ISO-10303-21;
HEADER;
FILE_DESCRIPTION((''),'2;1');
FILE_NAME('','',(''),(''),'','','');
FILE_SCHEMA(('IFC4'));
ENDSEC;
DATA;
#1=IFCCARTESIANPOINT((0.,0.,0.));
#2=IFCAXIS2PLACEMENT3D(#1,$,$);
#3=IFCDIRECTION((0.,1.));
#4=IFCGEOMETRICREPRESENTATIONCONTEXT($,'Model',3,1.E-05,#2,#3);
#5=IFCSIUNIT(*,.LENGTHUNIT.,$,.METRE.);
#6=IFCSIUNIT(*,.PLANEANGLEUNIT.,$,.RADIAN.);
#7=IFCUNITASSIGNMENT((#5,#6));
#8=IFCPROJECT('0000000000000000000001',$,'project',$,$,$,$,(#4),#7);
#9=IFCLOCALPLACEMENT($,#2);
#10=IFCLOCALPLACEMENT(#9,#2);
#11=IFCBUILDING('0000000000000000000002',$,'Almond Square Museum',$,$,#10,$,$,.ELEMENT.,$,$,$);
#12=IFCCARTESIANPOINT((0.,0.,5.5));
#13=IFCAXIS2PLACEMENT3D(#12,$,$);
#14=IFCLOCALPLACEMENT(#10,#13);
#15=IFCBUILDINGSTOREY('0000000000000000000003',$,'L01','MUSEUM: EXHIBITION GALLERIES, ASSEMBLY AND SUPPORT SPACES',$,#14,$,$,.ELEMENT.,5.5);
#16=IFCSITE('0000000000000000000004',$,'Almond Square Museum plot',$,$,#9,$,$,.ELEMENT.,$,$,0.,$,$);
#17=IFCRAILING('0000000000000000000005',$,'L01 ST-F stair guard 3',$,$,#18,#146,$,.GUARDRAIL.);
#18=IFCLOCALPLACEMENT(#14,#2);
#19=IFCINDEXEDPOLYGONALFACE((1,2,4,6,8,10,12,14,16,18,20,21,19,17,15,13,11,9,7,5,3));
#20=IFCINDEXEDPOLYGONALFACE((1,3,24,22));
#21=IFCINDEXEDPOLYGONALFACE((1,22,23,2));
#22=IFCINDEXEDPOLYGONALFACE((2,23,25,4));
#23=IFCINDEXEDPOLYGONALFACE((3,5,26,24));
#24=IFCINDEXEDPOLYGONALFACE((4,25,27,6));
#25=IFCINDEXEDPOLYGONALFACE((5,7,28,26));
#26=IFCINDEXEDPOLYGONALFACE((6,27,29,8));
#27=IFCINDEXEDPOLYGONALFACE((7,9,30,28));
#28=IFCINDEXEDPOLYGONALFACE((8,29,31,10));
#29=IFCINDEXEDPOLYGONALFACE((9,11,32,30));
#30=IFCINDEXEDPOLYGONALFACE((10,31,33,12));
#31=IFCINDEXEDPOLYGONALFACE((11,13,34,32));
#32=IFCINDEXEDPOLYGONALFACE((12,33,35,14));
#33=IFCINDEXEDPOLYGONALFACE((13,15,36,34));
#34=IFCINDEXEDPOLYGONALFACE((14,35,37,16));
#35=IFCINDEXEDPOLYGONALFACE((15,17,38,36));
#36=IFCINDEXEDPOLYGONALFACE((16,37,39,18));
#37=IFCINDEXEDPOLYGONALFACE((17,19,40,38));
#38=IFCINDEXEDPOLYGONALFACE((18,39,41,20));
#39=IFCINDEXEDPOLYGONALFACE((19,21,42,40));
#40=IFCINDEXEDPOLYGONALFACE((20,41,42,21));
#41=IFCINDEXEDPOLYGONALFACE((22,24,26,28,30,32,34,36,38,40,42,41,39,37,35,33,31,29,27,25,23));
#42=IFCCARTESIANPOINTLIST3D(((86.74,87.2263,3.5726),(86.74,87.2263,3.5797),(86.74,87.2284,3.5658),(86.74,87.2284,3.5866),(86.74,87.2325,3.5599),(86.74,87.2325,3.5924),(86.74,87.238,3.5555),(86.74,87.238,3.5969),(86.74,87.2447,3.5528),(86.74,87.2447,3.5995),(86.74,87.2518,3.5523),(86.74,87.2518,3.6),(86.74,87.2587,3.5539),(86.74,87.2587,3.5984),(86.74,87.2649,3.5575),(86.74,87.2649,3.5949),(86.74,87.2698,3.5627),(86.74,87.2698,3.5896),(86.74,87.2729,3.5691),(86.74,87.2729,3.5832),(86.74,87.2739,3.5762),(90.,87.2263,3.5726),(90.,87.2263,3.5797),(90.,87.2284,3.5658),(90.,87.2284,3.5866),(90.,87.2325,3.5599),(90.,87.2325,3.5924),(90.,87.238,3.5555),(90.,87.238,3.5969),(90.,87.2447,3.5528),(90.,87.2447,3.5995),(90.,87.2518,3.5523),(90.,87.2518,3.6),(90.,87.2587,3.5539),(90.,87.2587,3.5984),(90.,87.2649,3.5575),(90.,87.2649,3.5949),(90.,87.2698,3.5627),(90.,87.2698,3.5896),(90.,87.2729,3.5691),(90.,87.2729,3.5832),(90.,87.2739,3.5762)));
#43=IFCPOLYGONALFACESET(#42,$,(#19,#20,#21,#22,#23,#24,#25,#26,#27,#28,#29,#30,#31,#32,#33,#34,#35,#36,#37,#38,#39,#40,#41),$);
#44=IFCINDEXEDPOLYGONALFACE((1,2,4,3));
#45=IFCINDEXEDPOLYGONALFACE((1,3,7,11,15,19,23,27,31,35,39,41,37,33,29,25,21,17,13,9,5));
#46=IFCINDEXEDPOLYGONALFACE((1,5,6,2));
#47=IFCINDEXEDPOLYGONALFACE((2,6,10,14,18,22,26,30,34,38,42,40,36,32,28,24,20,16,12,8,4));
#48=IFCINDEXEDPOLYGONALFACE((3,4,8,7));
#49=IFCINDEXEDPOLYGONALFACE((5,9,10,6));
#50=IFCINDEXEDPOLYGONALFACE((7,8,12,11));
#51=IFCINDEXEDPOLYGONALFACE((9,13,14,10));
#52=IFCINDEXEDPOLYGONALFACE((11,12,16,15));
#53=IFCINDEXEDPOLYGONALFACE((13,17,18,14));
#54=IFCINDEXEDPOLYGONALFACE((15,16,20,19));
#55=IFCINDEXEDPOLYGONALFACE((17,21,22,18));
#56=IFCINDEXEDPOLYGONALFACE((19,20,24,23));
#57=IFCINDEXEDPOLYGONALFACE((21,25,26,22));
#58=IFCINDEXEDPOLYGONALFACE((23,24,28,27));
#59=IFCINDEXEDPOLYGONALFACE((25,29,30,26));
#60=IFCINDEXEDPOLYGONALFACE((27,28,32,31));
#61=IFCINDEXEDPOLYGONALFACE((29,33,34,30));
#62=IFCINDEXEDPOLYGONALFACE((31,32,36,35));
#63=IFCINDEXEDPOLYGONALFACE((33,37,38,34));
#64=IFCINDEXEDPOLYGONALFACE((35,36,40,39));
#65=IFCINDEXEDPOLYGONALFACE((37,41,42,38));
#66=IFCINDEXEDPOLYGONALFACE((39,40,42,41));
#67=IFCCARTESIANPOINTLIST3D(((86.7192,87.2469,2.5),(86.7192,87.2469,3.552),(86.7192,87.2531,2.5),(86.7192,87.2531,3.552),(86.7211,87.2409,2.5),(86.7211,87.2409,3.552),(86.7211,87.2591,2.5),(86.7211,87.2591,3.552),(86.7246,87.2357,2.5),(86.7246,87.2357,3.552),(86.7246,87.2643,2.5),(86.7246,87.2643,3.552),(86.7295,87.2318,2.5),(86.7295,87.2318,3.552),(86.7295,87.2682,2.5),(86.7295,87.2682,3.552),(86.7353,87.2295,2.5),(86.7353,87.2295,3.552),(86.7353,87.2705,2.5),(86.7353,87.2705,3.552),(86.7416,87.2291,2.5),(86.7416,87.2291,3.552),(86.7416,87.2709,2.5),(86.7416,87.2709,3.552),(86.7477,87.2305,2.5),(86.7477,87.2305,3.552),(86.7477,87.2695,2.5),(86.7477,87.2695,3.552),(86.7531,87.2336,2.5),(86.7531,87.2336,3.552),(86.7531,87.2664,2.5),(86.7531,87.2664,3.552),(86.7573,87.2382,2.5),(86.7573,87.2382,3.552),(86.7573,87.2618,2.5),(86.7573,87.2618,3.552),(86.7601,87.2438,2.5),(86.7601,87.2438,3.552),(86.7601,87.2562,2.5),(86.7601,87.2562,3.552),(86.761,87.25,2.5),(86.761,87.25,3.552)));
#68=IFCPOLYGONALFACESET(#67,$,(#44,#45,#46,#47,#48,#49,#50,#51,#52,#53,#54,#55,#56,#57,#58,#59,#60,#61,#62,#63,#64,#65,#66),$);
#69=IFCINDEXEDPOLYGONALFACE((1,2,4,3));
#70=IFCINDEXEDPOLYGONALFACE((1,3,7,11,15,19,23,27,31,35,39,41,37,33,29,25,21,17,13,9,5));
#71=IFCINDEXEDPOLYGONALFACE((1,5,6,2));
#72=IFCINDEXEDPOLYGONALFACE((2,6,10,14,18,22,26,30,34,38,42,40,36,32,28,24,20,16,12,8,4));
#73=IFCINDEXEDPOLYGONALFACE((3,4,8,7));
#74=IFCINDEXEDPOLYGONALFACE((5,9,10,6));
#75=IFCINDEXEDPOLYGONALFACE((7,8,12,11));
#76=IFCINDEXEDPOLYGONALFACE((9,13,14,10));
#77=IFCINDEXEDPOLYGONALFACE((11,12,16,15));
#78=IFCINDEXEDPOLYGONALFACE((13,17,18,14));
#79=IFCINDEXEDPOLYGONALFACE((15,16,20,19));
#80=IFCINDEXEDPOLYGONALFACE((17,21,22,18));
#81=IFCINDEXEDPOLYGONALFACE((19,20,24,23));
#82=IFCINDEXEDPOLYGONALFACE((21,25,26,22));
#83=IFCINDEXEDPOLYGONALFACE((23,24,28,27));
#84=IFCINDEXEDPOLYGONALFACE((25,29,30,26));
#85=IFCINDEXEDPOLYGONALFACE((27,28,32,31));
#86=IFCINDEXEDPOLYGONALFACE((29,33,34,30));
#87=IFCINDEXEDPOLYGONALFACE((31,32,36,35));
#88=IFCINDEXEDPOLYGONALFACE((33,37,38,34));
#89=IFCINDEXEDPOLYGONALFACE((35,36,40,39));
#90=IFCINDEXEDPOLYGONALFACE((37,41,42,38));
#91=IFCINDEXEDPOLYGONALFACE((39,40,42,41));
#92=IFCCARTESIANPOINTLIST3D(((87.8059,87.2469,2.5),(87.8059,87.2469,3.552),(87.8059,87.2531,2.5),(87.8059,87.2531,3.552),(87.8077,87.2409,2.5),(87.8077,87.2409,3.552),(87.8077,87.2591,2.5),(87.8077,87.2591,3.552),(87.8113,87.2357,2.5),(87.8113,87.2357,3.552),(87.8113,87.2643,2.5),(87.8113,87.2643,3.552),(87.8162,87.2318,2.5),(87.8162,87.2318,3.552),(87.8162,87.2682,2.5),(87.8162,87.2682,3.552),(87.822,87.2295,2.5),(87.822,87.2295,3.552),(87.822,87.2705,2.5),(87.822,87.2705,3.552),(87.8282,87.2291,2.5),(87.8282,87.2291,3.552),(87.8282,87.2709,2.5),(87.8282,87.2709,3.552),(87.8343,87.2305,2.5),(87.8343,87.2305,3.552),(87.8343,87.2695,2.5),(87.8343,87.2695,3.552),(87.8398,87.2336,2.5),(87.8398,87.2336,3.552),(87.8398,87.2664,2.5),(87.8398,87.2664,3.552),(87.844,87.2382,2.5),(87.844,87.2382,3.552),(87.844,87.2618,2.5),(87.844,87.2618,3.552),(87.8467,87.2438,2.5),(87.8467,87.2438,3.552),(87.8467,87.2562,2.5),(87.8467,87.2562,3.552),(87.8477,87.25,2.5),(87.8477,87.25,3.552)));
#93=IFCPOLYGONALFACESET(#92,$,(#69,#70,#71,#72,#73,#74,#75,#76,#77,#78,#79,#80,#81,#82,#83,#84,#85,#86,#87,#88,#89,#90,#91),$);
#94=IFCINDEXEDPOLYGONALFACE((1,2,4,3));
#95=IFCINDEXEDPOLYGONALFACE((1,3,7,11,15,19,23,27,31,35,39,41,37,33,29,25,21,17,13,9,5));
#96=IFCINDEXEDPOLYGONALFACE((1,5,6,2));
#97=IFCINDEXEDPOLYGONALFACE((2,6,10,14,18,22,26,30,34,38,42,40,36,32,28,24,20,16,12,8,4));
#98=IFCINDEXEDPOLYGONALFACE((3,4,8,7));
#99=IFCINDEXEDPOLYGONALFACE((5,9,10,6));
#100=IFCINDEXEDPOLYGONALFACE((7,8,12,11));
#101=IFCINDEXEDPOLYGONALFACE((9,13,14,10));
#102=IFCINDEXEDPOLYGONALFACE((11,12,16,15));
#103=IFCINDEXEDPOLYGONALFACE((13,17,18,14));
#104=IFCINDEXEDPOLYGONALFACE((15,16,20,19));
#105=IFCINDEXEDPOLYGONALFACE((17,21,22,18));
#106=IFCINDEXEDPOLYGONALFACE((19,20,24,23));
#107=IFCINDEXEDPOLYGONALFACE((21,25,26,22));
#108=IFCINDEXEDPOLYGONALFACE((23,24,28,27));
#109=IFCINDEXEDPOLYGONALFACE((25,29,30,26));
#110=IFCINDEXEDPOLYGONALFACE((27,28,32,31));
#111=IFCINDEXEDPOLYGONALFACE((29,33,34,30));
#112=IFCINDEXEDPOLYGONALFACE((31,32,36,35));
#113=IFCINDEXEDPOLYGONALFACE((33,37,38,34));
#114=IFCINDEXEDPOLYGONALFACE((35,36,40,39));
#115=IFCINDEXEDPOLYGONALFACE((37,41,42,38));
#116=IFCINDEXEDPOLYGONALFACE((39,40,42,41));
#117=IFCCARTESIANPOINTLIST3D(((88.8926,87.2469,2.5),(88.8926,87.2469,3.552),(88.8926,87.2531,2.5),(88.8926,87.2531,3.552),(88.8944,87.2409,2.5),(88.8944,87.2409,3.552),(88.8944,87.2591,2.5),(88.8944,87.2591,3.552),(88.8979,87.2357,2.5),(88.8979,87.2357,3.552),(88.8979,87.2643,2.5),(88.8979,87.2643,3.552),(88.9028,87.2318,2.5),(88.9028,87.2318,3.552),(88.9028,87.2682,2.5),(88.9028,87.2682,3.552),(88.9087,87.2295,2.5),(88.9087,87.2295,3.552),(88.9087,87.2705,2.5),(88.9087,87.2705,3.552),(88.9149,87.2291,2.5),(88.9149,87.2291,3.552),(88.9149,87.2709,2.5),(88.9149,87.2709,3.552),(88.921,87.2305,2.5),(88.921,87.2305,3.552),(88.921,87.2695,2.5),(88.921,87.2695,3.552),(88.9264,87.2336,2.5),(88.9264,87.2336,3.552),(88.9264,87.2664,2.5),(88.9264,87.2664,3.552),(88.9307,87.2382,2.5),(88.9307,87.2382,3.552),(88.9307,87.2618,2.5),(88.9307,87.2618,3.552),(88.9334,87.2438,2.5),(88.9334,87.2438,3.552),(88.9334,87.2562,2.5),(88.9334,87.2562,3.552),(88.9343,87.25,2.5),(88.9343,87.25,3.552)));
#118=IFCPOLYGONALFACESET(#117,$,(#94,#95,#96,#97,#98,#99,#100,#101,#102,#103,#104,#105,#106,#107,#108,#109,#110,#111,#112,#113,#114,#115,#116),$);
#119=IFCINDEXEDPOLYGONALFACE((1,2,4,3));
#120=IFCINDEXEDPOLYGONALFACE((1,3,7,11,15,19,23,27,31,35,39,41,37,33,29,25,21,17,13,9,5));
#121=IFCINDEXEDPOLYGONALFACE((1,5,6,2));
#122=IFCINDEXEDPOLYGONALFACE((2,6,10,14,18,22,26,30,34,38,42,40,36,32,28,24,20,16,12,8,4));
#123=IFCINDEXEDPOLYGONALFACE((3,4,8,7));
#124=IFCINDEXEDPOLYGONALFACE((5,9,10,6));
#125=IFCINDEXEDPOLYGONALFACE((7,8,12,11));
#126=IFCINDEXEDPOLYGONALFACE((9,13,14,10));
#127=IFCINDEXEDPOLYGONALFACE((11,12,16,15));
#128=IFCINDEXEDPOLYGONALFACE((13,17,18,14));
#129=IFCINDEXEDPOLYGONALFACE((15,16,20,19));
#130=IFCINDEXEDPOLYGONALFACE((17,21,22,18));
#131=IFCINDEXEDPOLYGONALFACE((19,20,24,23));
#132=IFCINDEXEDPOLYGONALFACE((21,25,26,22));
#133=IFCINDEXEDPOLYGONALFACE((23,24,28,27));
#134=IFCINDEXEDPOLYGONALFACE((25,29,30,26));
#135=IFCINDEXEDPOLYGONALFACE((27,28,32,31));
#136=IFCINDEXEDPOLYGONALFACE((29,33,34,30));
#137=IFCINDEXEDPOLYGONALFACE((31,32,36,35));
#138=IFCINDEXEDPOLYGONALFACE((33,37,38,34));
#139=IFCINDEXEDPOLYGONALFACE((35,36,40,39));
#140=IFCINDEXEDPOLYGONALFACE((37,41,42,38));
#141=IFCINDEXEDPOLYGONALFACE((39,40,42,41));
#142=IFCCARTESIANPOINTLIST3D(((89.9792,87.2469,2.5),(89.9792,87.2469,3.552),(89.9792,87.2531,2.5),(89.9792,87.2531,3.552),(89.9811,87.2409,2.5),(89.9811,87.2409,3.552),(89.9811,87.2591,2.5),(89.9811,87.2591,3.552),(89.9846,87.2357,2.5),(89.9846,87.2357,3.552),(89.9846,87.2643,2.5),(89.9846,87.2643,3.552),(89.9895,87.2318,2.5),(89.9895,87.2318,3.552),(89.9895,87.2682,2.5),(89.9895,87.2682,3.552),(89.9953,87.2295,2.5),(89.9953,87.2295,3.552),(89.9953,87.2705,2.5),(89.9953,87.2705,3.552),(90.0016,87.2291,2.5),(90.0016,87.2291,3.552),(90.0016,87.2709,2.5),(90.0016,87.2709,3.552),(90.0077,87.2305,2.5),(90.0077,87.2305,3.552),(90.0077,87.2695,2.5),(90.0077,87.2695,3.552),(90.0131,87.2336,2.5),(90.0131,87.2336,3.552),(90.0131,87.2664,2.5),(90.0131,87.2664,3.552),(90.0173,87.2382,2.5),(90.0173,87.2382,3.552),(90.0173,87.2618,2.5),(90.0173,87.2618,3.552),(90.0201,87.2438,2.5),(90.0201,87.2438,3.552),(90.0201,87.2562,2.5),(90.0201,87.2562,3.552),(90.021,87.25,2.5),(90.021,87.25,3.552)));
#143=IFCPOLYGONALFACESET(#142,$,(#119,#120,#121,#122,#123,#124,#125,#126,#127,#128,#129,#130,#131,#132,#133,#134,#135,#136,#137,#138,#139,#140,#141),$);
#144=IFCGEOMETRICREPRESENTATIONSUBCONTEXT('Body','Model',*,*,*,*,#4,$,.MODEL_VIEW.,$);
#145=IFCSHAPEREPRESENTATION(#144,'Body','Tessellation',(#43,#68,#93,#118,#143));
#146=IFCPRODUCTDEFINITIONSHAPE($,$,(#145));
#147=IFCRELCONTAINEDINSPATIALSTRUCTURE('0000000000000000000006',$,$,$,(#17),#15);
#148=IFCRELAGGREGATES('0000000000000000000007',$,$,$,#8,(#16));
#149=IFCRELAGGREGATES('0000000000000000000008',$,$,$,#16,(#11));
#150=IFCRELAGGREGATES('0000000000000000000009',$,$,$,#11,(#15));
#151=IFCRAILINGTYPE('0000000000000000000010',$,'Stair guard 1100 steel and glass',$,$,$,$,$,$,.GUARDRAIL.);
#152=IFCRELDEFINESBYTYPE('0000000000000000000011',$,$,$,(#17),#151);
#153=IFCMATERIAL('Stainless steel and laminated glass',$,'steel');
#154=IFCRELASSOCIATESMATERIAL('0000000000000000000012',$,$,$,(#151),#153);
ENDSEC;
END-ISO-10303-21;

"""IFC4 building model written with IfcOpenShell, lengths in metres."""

from ifc_helpers import new_model, si_unit, direction, frame, origin, origin_2d, place, context, subcontext, project, spatial, circle, extrude, material, type_object, element, save


model = new_model("IFC4")

# Units and contexts
model_context = context("Model", 3, precision=1e-05, world=origin(), true_north=direction((0.0, 1.0)))
body_context = subcontext(model_context, "Body", "Model", "MODEL_VIEW")
ifc_project = project(units=[si_unit("LENGTHUNIT", "METRE"), si_unit("PLANEANGLEUNIT", "RADIAN")], contexts=[model_context])

# Site, building, storey
site_placement = place(None, origin())
site = spatial("IfcSite", under=ifc_project, at=site_placement, Name="Almond Square Museum plot", CompositionType="ELEMENT", RefElevation=0.0)
building_placement = place(site_placement, origin())
building = spatial("IfcBuilding", under=site, at=building_placement, Name="Almond Square Museum", CompositionType="ELEMENT")
storey_placement = place(building_placement, frame((0.0, 0.0, 5.5)))
storey = spatial("IfcBuildingStorey", under=building, at=storey_placement, Name="L01", Description="MUSEUM: EXHIBITION GALLERIES, ASSEMBLY AND SUPPORT SPACES", CompositionType="ELEMENT", Elevation=5.5)

# Railing
ifc_material_1 = material(Name="Stainless steel and laminated glass", Category="steel")
railing_type_1 = type_object("IfcRailingType", Name="Stair guard 1100 steel and glass", PredefinedType="GUARDRAIL", material=ifc_material_1)
for number, where, name in (
    (1, (86.74, 87.25, 2.5), "L01 ST-F stair guard 3"),
):
    element("IfcRailing", number, at=place(storey_placement, frame(where)), inside=storey, type_object=railing_type_1, Name=name, PredefinedType="GUARDRAIL", context=body_context, shape_type="SweptSolid", body=[
        extrude(circle(Radius=0.0239, at=origin_2d()), frame((0.0, 0.0, 1.0762), z_axis=(1.0, 0.0, 0.0), x_axis=(0.0, 1.0, 0.0)), (0.0, 0.0, 1.0), 3.26),
        extrude(circle(Radius=0.021, at=origin_2d()), origin(), (0.0, 0.0, 1.0), 1.052),
        extrude(circle(Radius=0.021, at=origin_2d()), frame((1.0867, 0.0, 0.0)), (0.0, 0.0, 1.0), 1.052),
        extrude(circle(Radius=0.021, at=origin_2d()), frame((2.1733, 0.0, 0.0)), (0.0, 0.0, 1.0), 1.052),
        extrude(circle(Radius=0.021, at=origin_2d()), frame((3.26, 0.0, 0.0)), (0.0, 0.0, 1.0), 1.052),
    ])

save(model, "model.ifc")
